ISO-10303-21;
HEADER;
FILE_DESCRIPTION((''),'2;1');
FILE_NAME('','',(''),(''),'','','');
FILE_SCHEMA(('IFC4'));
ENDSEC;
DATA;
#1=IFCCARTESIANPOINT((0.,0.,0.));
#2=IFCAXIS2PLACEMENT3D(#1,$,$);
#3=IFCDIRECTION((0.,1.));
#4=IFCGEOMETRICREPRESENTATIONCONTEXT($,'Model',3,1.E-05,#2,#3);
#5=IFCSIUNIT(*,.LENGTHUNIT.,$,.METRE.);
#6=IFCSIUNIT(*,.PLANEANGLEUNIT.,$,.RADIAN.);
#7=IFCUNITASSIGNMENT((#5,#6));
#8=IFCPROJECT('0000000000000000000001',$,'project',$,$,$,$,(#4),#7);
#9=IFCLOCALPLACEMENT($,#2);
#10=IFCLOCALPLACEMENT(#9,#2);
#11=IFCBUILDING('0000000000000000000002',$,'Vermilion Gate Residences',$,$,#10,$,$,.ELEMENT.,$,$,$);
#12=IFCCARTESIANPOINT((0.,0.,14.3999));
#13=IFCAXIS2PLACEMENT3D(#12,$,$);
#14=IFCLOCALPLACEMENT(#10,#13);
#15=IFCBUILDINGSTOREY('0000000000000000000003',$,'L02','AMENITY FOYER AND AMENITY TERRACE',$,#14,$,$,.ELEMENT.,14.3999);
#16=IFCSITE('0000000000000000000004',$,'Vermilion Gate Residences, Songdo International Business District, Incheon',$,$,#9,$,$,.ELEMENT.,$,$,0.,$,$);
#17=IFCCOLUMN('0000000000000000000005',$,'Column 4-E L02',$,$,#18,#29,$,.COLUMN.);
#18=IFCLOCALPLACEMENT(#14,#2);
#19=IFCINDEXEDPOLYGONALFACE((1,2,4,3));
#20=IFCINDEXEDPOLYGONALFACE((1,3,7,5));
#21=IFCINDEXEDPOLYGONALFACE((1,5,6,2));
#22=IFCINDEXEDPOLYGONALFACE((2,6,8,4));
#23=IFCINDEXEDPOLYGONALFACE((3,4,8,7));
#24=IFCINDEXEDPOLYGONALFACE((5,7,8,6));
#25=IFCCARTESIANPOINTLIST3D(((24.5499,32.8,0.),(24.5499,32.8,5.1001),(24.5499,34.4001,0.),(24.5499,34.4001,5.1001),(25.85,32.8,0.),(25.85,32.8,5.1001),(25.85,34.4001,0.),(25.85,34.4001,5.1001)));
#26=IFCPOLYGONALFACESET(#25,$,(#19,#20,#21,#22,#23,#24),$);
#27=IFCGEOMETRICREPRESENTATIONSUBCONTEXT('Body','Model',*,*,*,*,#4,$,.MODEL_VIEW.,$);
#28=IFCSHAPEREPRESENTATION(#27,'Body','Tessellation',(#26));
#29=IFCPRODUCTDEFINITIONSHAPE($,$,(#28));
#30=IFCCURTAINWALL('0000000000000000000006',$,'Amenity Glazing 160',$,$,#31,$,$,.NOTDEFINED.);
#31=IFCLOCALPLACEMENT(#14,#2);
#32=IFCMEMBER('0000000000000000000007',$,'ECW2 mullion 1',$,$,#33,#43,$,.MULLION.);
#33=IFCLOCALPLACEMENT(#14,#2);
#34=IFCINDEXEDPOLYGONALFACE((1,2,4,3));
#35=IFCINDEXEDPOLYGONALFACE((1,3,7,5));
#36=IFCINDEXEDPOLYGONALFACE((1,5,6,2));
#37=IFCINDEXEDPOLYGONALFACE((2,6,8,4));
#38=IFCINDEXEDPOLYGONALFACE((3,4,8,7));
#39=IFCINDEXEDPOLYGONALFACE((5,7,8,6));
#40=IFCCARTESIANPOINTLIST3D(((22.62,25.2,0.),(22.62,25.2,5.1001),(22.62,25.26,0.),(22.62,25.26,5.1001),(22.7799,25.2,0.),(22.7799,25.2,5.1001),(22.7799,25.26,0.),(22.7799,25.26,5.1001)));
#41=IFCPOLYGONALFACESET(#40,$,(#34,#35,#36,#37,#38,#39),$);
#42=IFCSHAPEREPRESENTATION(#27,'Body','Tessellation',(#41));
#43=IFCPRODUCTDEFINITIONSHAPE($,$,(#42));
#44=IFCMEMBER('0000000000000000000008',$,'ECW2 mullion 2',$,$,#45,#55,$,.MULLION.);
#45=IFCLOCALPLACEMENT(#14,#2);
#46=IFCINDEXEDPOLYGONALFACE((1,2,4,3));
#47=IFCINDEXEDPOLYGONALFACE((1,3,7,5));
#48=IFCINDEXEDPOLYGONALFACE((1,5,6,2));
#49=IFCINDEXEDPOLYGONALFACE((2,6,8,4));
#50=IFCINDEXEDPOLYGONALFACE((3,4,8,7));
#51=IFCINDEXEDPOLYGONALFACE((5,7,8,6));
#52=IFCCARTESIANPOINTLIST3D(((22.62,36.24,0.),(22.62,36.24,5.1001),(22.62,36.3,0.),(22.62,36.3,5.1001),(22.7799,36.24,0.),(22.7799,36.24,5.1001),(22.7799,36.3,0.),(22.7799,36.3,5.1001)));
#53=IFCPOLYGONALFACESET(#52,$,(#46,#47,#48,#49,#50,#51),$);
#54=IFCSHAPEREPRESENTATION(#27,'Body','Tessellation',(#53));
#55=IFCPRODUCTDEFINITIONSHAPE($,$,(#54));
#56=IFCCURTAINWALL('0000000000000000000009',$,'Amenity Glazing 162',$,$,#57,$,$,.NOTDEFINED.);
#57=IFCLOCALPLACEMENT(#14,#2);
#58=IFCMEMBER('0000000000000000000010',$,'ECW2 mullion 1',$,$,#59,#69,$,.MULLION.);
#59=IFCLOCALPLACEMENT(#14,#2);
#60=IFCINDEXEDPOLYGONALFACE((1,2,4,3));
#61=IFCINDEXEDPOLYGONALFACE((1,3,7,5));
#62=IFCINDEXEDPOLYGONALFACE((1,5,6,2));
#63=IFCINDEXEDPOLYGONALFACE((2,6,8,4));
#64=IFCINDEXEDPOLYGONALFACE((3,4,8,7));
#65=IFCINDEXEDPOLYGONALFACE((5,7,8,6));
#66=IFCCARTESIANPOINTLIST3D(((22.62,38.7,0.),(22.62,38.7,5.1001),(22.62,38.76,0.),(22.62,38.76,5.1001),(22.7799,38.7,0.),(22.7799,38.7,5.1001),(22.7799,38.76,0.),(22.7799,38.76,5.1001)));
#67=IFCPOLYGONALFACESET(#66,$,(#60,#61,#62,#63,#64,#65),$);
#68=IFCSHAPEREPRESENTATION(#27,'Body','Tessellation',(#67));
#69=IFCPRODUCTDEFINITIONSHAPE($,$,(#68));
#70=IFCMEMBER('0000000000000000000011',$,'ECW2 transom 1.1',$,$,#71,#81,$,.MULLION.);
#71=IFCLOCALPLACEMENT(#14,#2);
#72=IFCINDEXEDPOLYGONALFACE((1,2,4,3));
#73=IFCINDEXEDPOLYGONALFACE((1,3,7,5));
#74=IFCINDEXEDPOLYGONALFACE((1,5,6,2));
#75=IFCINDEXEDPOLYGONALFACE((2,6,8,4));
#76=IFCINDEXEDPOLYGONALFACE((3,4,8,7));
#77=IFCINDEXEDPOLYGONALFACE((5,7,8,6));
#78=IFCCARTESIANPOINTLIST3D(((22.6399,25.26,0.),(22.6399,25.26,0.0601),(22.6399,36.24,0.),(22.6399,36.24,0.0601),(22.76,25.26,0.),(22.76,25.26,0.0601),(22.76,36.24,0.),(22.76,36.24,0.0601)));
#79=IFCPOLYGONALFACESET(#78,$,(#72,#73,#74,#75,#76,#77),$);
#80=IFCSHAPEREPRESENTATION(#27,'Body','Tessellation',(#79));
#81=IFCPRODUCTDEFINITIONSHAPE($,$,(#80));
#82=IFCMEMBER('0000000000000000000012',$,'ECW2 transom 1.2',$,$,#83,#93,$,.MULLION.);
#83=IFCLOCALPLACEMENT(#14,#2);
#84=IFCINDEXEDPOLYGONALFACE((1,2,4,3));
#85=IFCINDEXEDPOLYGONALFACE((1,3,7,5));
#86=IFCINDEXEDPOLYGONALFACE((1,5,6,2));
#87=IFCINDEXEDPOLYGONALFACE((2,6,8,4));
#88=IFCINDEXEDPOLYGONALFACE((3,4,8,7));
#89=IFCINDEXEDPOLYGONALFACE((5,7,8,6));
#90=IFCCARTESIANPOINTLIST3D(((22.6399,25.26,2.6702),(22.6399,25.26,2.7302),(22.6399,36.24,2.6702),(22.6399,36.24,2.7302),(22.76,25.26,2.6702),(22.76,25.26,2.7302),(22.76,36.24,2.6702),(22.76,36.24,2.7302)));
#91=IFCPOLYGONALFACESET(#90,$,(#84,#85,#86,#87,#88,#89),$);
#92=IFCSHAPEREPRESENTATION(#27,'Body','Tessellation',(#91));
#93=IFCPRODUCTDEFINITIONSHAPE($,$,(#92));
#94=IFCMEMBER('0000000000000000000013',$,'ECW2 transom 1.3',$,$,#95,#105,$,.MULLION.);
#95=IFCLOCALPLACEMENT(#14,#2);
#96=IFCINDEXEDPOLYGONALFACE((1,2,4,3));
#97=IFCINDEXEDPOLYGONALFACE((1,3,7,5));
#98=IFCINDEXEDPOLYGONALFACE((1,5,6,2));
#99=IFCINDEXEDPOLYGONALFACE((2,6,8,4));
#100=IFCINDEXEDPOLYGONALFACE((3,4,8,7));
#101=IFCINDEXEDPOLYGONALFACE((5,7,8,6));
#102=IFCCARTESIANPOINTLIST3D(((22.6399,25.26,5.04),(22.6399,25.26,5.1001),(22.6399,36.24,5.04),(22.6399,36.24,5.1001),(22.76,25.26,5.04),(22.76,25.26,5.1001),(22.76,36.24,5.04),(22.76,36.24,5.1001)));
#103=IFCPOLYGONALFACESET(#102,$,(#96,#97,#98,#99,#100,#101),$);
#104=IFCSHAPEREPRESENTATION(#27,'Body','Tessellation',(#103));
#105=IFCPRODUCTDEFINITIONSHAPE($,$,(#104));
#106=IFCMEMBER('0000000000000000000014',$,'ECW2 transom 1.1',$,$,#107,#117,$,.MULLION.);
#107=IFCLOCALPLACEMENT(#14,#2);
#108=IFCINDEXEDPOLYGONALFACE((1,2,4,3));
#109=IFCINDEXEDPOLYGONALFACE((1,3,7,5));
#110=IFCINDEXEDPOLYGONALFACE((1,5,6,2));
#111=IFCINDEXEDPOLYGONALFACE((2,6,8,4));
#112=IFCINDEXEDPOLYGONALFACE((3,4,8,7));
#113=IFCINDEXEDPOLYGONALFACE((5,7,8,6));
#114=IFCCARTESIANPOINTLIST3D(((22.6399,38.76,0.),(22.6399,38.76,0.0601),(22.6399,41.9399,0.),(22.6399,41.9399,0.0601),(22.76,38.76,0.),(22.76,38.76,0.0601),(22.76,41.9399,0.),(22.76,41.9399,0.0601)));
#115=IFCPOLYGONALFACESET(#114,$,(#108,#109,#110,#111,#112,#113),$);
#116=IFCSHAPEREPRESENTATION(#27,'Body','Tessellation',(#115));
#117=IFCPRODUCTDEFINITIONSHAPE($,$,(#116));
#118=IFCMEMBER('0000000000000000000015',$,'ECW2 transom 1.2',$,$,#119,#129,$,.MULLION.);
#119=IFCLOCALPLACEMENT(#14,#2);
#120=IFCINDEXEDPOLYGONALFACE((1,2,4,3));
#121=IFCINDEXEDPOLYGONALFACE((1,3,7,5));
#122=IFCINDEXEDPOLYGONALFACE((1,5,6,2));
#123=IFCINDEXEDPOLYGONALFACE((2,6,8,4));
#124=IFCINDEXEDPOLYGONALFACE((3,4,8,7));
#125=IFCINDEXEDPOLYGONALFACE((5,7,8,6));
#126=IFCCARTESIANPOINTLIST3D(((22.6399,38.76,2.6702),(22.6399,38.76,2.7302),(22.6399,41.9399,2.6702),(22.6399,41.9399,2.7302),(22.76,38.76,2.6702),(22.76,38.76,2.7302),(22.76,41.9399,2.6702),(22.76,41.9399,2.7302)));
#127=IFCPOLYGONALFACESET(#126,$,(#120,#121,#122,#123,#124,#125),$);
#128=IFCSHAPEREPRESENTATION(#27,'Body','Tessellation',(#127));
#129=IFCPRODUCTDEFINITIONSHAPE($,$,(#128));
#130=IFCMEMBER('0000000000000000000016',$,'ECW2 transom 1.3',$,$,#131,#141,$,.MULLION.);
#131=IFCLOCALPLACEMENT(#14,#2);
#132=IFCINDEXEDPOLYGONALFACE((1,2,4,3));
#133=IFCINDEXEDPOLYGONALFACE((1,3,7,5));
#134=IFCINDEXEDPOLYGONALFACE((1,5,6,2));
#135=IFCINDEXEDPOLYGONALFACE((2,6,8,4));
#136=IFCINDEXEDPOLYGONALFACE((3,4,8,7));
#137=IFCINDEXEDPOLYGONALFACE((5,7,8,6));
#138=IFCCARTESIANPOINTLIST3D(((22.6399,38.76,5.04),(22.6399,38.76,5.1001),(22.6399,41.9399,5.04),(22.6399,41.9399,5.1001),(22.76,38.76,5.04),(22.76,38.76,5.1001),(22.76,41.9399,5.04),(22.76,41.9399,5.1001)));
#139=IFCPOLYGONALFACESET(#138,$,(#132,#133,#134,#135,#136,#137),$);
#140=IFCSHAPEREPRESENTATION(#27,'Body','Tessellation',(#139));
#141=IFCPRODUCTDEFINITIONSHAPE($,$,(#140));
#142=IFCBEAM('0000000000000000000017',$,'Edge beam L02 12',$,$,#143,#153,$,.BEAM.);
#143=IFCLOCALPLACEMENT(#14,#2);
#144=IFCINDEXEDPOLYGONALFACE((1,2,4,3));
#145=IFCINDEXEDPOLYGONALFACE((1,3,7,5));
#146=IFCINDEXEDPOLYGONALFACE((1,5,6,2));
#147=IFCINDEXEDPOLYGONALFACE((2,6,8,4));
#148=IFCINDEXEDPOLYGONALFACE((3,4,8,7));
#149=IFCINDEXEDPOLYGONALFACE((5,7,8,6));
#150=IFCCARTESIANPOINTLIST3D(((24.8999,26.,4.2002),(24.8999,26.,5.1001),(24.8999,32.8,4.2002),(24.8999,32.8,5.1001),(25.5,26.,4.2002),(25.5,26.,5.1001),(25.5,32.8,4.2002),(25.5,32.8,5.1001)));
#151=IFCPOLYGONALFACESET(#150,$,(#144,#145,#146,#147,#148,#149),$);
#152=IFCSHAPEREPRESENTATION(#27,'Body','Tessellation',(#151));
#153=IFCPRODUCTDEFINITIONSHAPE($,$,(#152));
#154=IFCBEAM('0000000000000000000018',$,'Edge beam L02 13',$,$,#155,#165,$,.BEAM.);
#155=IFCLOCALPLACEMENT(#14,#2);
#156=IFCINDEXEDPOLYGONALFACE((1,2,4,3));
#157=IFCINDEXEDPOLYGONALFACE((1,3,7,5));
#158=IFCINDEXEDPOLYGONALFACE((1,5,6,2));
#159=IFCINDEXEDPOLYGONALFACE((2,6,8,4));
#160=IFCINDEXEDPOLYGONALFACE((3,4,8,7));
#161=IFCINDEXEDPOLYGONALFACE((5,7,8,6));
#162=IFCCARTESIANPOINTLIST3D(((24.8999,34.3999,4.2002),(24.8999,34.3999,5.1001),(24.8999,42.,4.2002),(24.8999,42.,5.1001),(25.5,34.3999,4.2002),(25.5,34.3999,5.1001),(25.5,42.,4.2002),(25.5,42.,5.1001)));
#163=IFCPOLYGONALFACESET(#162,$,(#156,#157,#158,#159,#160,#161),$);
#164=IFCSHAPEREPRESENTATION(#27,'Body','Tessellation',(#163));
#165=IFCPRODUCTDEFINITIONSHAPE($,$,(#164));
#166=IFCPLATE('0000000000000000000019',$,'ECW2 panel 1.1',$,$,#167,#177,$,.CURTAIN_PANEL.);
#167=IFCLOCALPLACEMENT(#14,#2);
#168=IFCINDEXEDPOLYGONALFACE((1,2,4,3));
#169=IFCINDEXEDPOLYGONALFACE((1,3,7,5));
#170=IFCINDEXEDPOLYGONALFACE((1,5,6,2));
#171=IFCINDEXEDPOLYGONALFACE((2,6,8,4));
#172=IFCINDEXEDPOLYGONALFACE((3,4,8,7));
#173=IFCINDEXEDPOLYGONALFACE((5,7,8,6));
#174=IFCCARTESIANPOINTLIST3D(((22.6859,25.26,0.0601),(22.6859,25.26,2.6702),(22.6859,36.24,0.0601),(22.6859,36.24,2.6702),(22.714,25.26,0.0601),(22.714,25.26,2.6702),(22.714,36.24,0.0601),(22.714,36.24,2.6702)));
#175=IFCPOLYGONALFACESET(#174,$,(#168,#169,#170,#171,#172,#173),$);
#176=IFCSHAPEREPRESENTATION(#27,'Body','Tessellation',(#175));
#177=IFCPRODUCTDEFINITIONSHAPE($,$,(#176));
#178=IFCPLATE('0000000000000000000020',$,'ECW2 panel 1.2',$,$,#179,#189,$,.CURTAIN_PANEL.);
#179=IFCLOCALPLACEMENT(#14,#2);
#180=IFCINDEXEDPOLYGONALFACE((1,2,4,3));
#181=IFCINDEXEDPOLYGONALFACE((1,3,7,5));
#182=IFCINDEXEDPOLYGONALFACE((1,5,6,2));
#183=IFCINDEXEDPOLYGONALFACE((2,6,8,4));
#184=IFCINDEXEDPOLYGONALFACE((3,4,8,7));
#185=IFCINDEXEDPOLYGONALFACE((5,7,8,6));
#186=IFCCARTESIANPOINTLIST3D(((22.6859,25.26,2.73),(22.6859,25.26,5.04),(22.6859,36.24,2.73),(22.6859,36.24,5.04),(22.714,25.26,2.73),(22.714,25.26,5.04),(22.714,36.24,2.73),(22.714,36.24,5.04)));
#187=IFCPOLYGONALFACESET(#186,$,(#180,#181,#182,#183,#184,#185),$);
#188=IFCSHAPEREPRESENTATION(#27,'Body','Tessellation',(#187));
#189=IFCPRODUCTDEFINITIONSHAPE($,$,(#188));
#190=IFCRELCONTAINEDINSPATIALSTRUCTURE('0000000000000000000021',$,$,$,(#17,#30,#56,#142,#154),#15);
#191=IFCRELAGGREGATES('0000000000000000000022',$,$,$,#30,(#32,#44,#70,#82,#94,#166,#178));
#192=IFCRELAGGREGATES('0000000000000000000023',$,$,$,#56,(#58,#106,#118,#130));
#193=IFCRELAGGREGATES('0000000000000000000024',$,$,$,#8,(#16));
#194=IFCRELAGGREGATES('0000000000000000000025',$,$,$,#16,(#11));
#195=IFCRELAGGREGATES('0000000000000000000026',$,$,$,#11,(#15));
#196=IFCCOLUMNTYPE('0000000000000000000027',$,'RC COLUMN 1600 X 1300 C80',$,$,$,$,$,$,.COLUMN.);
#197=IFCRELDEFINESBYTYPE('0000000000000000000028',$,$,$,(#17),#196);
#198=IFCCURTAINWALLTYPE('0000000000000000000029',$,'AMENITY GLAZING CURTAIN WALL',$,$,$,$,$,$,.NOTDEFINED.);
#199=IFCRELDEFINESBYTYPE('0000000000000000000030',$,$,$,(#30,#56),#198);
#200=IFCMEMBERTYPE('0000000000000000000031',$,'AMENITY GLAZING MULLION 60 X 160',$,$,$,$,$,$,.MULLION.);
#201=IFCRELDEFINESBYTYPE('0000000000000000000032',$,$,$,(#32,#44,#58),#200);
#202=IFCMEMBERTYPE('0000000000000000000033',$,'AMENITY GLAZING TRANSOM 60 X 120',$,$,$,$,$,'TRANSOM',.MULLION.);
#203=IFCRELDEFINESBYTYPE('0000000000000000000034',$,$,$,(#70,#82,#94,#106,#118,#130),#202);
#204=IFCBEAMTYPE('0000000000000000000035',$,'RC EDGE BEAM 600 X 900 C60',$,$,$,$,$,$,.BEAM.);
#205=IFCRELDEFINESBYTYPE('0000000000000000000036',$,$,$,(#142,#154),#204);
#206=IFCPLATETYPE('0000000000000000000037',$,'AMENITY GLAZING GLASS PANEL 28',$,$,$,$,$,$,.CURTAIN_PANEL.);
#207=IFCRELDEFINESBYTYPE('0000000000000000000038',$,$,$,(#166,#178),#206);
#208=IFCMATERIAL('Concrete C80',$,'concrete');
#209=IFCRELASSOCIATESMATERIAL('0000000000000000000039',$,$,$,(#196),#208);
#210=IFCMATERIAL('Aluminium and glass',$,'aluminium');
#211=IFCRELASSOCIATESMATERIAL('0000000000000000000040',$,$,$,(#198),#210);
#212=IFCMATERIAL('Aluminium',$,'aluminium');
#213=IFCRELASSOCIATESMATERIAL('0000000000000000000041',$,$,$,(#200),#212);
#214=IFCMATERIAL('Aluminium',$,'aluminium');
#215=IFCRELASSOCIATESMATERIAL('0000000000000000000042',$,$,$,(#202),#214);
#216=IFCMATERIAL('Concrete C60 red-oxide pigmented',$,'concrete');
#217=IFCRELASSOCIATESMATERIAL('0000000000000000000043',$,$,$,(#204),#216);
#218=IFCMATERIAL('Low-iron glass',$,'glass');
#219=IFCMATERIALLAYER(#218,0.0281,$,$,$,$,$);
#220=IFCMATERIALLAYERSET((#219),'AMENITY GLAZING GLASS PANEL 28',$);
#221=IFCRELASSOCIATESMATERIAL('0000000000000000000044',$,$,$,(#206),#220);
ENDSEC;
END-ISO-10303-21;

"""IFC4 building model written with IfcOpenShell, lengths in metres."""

from ifc_helpers import new_model, si_unit, direction, frame, origin, origin_2d, place, context, subcontext, project, spatial, rectangle, extrude, material, layer, layer_set, material_profile, profile_set, type_object, element, aggregate, save


model = new_model("IFC4")

# Units and contexts
model_context = context("Model", 3, precision=1e-05, world=origin(), true_north=direction((0.0, 1.0)))
body_context = subcontext(model_context, "Body", "Model", "MODEL_VIEW")
ifc_project = project(units=[si_unit("LENGTHUNIT", "METRE"), si_unit("PLANEANGLEUNIT", "RADIAN")], contexts=[model_context])

# Site, building, storey
site_placement = place(None, origin())
site = spatial("IfcSite", under=ifc_project, at=site_placement, Name="Vermilion Gate Residences, Songdo International Business District, Incheon", CompositionType="ELEMENT", RefElevation=0.0)
building_placement = place(site_placement, origin())
building = spatial("IfcBuilding", under=site, at=building_placement, Name="Vermilion Gate Residences", CompositionType="ELEMENT")
storey_placement = place(building_placement, frame((0.0, 0.0, 14.3999)))
storey = spatial("IfcBuildingStorey", under=building, at=storey_placement, Name="L02", Description="AMENITY FOYER AND AMENITY TERRACE", CompositionType="ELEMENT", Elevation=14.3999)

# Column
ifc_material_1 = material(Name="Concrete C80", Category="concrete")
ifc_material_profile_1 = material_profile(ifc_material_1, rectangle(XDim=1.6001, YDim=1.3, at=origin_2d()), Name="RC-1600x1300")
ifc_profile_set_1 = profile_set([ifc_material_profile_1], Name="Concrete C80")
column_type = type_object("IfcColumnType", Name="RC COLUMN 1600 X 1300 C80", PredefinedType="COLUMN", material=ifc_profile_set_1)
column_placement = place(storey_placement, frame((25.2, 33.6001, 0.0), z_axis=(0.0, 0.0, 1.0), x_axis=(0.0, 1.0, 0.0)))
element("IfcColumn", 1, at=column_placement, inside=storey, type_object=column_type, Name="Column 4-E L02", PredefinedType="COLUMN", context=body_context, shape_type="SweptSolid", body=[
    extrude(rectangle(XDim=1.6001, YDim=1.3, at=origin_2d()), origin(), (0.0, 0.0, 1.0), 5.1001),
])

# Curtain wall, members
ifc_material_2 = material(Name="Aluminium and glass", Category="aluminium")
curtain_wall_type = type_object("IfcCurtainWallType", Name="AMENITY GLAZING CURTAIN WALL", PredefinedType="NOTDEFINED", material=ifc_material_2)
curtain_wall_1_placement = place(storey_placement, origin())
curtain_wall_1 = element("IfcCurtainWall", 2, at=curtain_wall_1_placement, inside=storey, type_object=curtain_wall_type, Name="Amenity Glazing 160", PredefinedType="NOTDEFINED")
ifc_material_3 = material(Name="Aluminium", Category="aluminium")
ifc_material_profile_2 = material_profile(ifc_material_3, rectangle(XDim=0.1599, YDim=0.0601, at=origin_2d()), Name="MULLION 60 X 160")
ifc_profile_set_2 = profile_set([ifc_material_profile_2], Name="Aluminium")
member_type_1 = type_object("IfcMemberType", Name="AMENITY GLAZING MULLION 60 X 160", PredefinedType="MULLION", material=ifc_profile_set_2)
member_1_placement = place(storey_placement, frame((22.7, 25.23, 0.0), z_axis=(0.0, 0.0, 1.0), x_axis=(-1.0, 0.0, 0.0)))
member_1 = element("IfcMember", 3, at=member_1_placement, type_object=member_type_1, Name="ECW2 mullion 1", PredefinedType="MULLION", context=body_context, shape_type="SweptSolid", body=[
    extrude(rectangle(XDim=0.1599, YDim=0.0601, at=origin_2d()), origin(), (0.0, 0.0, 1.0), 5.1001),
])
member_2_placement = place(storey_placement, frame((22.7, 36.27, 0.0), z_axis=(0.0, 0.0, 1.0), x_axis=(-1.0, 0.0, 0.0)))
member_2 = element("IfcMember", 4, at=member_2_placement, type_object=member_type_1, Name="ECW2 mullion 2", PredefinedType="MULLION", context=body_context, shape_type="SweptSolid", body=[
    extrude(rectangle(XDim=0.1599, YDim=0.0601, at=origin_2d()), origin(), (0.0, 0.0, 1.0), 5.1001),
])

# Curtain wall, member
curtain_wall_2_placement = place(storey_placement, origin())
curtain_wall_2 = element("IfcCurtainWall", 5, at=curtain_wall_2_placement, inside=storey, type_object=curtain_wall_type, Name="Amenity Glazing 162", PredefinedType="NOTDEFINED")
member_3_placement = place(storey_placement, frame((22.7, 38.73, 0.0), z_axis=(0.0, 0.0, 1.0), x_axis=(-1.0, 0.0, 0.0)))
member_3 = element("IfcMember", 6, at=member_3_placement, type_object=member_type_1, Name="ECW2 mullion 1", PredefinedType="MULLION", context=body_context, shape_type="SweptSolid", body=[
    extrude(rectangle(XDim=0.1599, YDim=0.0601, at=origin_2d()), origin(), (0.0, 0.0, 1.0), 5.1001),
])

# Members
ifc_material_4 = material(Name="Aluminium", Category="aluminium")
ifc_material_profile_3 = material_profile(ifc_material_4, rectangle(XDim=0.1201, YDim=0.0601, at=origin_2d()), Name="TRANSOM 60 X 120")
ifc_profile_set_3 = profile_set([ifc_material_profile_3], Name="Aluminium")
member_type_2 = type_object("IfcMemberType", Name="AMENITY GLAZING TRANSOM 60 X 120", ElementType="TRANSOM", PredefinedType="MULLION", material=ifc_profile_set_3)
member_4_placement = place(storey_placement, frame((22.7, 25.26, 0.03), z_axis=(0.0, 1.0, 0.0), x_axis=(-1.0, 0.0, 0.0)))
member_4 = element("IfcMember", 7, at=member_4_placement, type_object=member_type_2, Name="ECW2 transom 1.1", PredefinedType="MULLION", context=body_context, shape_type="SweptSolid", body=[
    extrude(rectangle(XDim=0.1201, YDim=0.0601, at=origin_2d()), origin(), (0.0, 0.0, 1.0), 10.98),
])
member_5_placement = place(storey_placement, frame((22.7, 25.26, 2.7002), z_axis=(0.0, 1.0, 0.0), x_axis=(-1.0, 0.0, 0.0)))
member_5 = element("IfcMember", 8, at=member_5_placement, type_object=member_type_2, Name="ECW2 transom 1.2", PredefinedType="MULLION", context=body_context, shape_type="SweptSolid", body=[
    extrude(rectangle(XDim=0.1201, YDim=0.0601, at=origin_2d()), origin(), (0.0, 0.0, 1.0), 10.98),
])
member_6_placement = place(storey_placement, frame((22.7, 25.26, 5.0701), z_axis=(0.0, 1.0, 0.0), x_axis=(-1.0, 0.0, 0.0)))
member_6 = element("IfcMember", 9, at=member_6_placement, type_object=member_type_2, Name="ECW2 transom 1.3", PredefinedType="MULLION", context=body_context, shape_type="SweptSolid", body=[
    extrude(rectangle(XDim=0.1201, YDim=0.0601, at=origin_2d()), origin(), (0.0, 0.0, 1.0), 10.98),
])
member_7_placement = place(storey_placement, frame((22.7, 38.76, 0.03), z_axis=(0.0, 1.0, 0.0), x_axis=(-1.0, 0.0, 0.0)))
member_7 = element("IfcMember", 10, at=member_7_placement, type_object=member_type_2, Name="ECW2 transom 1.1", PredefinedType="MULLION", context=body_context, shape_type="SweptSolid", body=[
    extrude(rectangle(XDim=0.1201, YDim=0.0601, at=origin_2d()), origin(), (0.0, 0.0, 1.0), 3.1799),
])
member_8_placement = place(storey_placement, frame((22.7, 38.76, 2.7002), z_axis=(0.0, 1.0, 0.0), x_axis=(-1.0, 0.0, 0.0)))
member_8 = element("IfcMember", 11, at=member_8_placement, type_object=member_type_2, Name="ECW2 transom 1.2", PredefinedType="MULLION", context=body_context, shape_type="SweptSolid", body=[
    extrude(rectangle(XDim=0.1201, YDim=0.0601, at=origin_2d()), origin(), (0.0, 0.0, 1.0), 3.1799),
])
member_9_placement = place(storey_placement, frame((22.7, 38.76, 5.0701), z_axis=(0.0, 1.0, 0.0), x_axis=(-1.0, 0.0, 0.0)))
member_9 = element("IfcMember", 12, at=member_9_placement, type_object=member_type_2, Name="ECW2 transom 1.3", PredefinedType="MULLION", context=body_context, shape_type="SweptSolid", body=[
    extrude(rectangle(XDim=0.1201, YDim=0.0601, at=origin_2d()), origin(), (0.0, 0.0, 1.0), 3.1799),
])

# Beams
ifc_material_5 = material(Name="Concrete C60 red-oxide pigmented", Category="concrete")
ifc_material_profile_4 = material_profile(ifc_material_5, rectangle(XDim=0.6001, YDim=0.8999, at=origin_2d()), Name="RC-600x900")
ifc_profile_set_4 = profile_set([ifc_material_profile_4], Name="Concrete C60 red-oxide pigmented")
beam_type = type_object("IfcBeamType", Name="RC EDGE BEAM 600 X 900 C60", PredefinedType="BEAM", material=ifc_profile_set_4)
beam_1_placement = place(storey_placement, frame((25.2, 26.0, 4.6501), z_axis=(0.0, 1.0, 0.0), x_axis=(-1.0, 0.0, 0.0)))
element("IfcBeam", 13, at=beam_1_placement, inside=storey, type_object=beam_type, Name="Edge beam L02 12", PredefinedType="BEAM", context=body_context, shape_type="SweptSolid", body=[
    extrude(rectangle(XDim=0.6001, YDim=0.8999, at=origin_2d()), origin(), (0.0, 0.0, 1.0), 6.8),
])
beam_2_placement = place(storey_placement, frame((25.2, 34.3999, 4.6501), z_axis=(0.0, 1.0, 0.0), x_axis=(-1.0, 0.0, 0.0)))
element("IfcBeam", 14, at=beam_2_placement, inside=storey, type_object=beam_type, Name="Edge beam L02 13", PredefinedType="BEAM", context=body_context, shape_type="SweptSolid", body=[
    extrude(rectangle(XDim=0.6001, YDim=0.8999, at=origin_2d()), origin(), (0.0, 0.0, 1.0), 7.6001),
])

# Plates
ifc_material_6 = material(Name="Low-iron glass", Category="glass")
ifc_layer_1 = layer(ifc_material_6, 0.0281)
ifc_layer_set_1 = layer_set([ifc_layer_1], Name="AMENITY GLAZING GLASS PANEL 28")
plate_type = type_object("IfcPlateType", Name="AMENITY GLAZING GLASS PANEL 28", PredefinedType="CURTAIN_PANEL", material=ifc_layer_set_1)
plate_1_placement = place(storey_placement, frame((22.7, 30.75, 0.0601), z_axis=(0.0, 0.0, 1.0), x_axis=(0.0, 1.0, 0.0)))
plate_1 = element("IfcPlate", 15, at=plate_1_placement, type_object=plate_type, Name="ECW2 panel 1.1", PredefinedType="CURTAIN_PANEL", context=body_context, shape_type="SweptSolid", body=[
    extrude(rectangle(XDim=10.98, YDim=0.0281, at=origin_2d()), origin(), (0.0, 0.0, 1.0), 2.6101),
])
plate_2_placement = place(storey_placement, frame((22.7, 30.75, 2.73), z_axis=(0.0, 0.0, 1.0), x_axis=(0.0, 1.0, 0.0)))
plate_2 = element("IfcPlate", 16, at=plate_2_placement, type_object=plate_type, Name="ECW2 panel 1.2", PredefinedType="CURTAIN_PANEL", context=body_context, shape_type="SweptSolid", body=[
    extrude(rectangle(XDim=10.98, YDim=0.0281, at=origin_2d()), origin(), (0.0, 0.0, 1.0), 2.3101),
])
aggregate(curtain_wall_1, [member_1, member_2, member_4, member_5, member_6, plate_1, plate_2])
aggregate(curtain_wall_2, [member_3, member_7, member_8, member_9])

save(model, "model.ifc")
